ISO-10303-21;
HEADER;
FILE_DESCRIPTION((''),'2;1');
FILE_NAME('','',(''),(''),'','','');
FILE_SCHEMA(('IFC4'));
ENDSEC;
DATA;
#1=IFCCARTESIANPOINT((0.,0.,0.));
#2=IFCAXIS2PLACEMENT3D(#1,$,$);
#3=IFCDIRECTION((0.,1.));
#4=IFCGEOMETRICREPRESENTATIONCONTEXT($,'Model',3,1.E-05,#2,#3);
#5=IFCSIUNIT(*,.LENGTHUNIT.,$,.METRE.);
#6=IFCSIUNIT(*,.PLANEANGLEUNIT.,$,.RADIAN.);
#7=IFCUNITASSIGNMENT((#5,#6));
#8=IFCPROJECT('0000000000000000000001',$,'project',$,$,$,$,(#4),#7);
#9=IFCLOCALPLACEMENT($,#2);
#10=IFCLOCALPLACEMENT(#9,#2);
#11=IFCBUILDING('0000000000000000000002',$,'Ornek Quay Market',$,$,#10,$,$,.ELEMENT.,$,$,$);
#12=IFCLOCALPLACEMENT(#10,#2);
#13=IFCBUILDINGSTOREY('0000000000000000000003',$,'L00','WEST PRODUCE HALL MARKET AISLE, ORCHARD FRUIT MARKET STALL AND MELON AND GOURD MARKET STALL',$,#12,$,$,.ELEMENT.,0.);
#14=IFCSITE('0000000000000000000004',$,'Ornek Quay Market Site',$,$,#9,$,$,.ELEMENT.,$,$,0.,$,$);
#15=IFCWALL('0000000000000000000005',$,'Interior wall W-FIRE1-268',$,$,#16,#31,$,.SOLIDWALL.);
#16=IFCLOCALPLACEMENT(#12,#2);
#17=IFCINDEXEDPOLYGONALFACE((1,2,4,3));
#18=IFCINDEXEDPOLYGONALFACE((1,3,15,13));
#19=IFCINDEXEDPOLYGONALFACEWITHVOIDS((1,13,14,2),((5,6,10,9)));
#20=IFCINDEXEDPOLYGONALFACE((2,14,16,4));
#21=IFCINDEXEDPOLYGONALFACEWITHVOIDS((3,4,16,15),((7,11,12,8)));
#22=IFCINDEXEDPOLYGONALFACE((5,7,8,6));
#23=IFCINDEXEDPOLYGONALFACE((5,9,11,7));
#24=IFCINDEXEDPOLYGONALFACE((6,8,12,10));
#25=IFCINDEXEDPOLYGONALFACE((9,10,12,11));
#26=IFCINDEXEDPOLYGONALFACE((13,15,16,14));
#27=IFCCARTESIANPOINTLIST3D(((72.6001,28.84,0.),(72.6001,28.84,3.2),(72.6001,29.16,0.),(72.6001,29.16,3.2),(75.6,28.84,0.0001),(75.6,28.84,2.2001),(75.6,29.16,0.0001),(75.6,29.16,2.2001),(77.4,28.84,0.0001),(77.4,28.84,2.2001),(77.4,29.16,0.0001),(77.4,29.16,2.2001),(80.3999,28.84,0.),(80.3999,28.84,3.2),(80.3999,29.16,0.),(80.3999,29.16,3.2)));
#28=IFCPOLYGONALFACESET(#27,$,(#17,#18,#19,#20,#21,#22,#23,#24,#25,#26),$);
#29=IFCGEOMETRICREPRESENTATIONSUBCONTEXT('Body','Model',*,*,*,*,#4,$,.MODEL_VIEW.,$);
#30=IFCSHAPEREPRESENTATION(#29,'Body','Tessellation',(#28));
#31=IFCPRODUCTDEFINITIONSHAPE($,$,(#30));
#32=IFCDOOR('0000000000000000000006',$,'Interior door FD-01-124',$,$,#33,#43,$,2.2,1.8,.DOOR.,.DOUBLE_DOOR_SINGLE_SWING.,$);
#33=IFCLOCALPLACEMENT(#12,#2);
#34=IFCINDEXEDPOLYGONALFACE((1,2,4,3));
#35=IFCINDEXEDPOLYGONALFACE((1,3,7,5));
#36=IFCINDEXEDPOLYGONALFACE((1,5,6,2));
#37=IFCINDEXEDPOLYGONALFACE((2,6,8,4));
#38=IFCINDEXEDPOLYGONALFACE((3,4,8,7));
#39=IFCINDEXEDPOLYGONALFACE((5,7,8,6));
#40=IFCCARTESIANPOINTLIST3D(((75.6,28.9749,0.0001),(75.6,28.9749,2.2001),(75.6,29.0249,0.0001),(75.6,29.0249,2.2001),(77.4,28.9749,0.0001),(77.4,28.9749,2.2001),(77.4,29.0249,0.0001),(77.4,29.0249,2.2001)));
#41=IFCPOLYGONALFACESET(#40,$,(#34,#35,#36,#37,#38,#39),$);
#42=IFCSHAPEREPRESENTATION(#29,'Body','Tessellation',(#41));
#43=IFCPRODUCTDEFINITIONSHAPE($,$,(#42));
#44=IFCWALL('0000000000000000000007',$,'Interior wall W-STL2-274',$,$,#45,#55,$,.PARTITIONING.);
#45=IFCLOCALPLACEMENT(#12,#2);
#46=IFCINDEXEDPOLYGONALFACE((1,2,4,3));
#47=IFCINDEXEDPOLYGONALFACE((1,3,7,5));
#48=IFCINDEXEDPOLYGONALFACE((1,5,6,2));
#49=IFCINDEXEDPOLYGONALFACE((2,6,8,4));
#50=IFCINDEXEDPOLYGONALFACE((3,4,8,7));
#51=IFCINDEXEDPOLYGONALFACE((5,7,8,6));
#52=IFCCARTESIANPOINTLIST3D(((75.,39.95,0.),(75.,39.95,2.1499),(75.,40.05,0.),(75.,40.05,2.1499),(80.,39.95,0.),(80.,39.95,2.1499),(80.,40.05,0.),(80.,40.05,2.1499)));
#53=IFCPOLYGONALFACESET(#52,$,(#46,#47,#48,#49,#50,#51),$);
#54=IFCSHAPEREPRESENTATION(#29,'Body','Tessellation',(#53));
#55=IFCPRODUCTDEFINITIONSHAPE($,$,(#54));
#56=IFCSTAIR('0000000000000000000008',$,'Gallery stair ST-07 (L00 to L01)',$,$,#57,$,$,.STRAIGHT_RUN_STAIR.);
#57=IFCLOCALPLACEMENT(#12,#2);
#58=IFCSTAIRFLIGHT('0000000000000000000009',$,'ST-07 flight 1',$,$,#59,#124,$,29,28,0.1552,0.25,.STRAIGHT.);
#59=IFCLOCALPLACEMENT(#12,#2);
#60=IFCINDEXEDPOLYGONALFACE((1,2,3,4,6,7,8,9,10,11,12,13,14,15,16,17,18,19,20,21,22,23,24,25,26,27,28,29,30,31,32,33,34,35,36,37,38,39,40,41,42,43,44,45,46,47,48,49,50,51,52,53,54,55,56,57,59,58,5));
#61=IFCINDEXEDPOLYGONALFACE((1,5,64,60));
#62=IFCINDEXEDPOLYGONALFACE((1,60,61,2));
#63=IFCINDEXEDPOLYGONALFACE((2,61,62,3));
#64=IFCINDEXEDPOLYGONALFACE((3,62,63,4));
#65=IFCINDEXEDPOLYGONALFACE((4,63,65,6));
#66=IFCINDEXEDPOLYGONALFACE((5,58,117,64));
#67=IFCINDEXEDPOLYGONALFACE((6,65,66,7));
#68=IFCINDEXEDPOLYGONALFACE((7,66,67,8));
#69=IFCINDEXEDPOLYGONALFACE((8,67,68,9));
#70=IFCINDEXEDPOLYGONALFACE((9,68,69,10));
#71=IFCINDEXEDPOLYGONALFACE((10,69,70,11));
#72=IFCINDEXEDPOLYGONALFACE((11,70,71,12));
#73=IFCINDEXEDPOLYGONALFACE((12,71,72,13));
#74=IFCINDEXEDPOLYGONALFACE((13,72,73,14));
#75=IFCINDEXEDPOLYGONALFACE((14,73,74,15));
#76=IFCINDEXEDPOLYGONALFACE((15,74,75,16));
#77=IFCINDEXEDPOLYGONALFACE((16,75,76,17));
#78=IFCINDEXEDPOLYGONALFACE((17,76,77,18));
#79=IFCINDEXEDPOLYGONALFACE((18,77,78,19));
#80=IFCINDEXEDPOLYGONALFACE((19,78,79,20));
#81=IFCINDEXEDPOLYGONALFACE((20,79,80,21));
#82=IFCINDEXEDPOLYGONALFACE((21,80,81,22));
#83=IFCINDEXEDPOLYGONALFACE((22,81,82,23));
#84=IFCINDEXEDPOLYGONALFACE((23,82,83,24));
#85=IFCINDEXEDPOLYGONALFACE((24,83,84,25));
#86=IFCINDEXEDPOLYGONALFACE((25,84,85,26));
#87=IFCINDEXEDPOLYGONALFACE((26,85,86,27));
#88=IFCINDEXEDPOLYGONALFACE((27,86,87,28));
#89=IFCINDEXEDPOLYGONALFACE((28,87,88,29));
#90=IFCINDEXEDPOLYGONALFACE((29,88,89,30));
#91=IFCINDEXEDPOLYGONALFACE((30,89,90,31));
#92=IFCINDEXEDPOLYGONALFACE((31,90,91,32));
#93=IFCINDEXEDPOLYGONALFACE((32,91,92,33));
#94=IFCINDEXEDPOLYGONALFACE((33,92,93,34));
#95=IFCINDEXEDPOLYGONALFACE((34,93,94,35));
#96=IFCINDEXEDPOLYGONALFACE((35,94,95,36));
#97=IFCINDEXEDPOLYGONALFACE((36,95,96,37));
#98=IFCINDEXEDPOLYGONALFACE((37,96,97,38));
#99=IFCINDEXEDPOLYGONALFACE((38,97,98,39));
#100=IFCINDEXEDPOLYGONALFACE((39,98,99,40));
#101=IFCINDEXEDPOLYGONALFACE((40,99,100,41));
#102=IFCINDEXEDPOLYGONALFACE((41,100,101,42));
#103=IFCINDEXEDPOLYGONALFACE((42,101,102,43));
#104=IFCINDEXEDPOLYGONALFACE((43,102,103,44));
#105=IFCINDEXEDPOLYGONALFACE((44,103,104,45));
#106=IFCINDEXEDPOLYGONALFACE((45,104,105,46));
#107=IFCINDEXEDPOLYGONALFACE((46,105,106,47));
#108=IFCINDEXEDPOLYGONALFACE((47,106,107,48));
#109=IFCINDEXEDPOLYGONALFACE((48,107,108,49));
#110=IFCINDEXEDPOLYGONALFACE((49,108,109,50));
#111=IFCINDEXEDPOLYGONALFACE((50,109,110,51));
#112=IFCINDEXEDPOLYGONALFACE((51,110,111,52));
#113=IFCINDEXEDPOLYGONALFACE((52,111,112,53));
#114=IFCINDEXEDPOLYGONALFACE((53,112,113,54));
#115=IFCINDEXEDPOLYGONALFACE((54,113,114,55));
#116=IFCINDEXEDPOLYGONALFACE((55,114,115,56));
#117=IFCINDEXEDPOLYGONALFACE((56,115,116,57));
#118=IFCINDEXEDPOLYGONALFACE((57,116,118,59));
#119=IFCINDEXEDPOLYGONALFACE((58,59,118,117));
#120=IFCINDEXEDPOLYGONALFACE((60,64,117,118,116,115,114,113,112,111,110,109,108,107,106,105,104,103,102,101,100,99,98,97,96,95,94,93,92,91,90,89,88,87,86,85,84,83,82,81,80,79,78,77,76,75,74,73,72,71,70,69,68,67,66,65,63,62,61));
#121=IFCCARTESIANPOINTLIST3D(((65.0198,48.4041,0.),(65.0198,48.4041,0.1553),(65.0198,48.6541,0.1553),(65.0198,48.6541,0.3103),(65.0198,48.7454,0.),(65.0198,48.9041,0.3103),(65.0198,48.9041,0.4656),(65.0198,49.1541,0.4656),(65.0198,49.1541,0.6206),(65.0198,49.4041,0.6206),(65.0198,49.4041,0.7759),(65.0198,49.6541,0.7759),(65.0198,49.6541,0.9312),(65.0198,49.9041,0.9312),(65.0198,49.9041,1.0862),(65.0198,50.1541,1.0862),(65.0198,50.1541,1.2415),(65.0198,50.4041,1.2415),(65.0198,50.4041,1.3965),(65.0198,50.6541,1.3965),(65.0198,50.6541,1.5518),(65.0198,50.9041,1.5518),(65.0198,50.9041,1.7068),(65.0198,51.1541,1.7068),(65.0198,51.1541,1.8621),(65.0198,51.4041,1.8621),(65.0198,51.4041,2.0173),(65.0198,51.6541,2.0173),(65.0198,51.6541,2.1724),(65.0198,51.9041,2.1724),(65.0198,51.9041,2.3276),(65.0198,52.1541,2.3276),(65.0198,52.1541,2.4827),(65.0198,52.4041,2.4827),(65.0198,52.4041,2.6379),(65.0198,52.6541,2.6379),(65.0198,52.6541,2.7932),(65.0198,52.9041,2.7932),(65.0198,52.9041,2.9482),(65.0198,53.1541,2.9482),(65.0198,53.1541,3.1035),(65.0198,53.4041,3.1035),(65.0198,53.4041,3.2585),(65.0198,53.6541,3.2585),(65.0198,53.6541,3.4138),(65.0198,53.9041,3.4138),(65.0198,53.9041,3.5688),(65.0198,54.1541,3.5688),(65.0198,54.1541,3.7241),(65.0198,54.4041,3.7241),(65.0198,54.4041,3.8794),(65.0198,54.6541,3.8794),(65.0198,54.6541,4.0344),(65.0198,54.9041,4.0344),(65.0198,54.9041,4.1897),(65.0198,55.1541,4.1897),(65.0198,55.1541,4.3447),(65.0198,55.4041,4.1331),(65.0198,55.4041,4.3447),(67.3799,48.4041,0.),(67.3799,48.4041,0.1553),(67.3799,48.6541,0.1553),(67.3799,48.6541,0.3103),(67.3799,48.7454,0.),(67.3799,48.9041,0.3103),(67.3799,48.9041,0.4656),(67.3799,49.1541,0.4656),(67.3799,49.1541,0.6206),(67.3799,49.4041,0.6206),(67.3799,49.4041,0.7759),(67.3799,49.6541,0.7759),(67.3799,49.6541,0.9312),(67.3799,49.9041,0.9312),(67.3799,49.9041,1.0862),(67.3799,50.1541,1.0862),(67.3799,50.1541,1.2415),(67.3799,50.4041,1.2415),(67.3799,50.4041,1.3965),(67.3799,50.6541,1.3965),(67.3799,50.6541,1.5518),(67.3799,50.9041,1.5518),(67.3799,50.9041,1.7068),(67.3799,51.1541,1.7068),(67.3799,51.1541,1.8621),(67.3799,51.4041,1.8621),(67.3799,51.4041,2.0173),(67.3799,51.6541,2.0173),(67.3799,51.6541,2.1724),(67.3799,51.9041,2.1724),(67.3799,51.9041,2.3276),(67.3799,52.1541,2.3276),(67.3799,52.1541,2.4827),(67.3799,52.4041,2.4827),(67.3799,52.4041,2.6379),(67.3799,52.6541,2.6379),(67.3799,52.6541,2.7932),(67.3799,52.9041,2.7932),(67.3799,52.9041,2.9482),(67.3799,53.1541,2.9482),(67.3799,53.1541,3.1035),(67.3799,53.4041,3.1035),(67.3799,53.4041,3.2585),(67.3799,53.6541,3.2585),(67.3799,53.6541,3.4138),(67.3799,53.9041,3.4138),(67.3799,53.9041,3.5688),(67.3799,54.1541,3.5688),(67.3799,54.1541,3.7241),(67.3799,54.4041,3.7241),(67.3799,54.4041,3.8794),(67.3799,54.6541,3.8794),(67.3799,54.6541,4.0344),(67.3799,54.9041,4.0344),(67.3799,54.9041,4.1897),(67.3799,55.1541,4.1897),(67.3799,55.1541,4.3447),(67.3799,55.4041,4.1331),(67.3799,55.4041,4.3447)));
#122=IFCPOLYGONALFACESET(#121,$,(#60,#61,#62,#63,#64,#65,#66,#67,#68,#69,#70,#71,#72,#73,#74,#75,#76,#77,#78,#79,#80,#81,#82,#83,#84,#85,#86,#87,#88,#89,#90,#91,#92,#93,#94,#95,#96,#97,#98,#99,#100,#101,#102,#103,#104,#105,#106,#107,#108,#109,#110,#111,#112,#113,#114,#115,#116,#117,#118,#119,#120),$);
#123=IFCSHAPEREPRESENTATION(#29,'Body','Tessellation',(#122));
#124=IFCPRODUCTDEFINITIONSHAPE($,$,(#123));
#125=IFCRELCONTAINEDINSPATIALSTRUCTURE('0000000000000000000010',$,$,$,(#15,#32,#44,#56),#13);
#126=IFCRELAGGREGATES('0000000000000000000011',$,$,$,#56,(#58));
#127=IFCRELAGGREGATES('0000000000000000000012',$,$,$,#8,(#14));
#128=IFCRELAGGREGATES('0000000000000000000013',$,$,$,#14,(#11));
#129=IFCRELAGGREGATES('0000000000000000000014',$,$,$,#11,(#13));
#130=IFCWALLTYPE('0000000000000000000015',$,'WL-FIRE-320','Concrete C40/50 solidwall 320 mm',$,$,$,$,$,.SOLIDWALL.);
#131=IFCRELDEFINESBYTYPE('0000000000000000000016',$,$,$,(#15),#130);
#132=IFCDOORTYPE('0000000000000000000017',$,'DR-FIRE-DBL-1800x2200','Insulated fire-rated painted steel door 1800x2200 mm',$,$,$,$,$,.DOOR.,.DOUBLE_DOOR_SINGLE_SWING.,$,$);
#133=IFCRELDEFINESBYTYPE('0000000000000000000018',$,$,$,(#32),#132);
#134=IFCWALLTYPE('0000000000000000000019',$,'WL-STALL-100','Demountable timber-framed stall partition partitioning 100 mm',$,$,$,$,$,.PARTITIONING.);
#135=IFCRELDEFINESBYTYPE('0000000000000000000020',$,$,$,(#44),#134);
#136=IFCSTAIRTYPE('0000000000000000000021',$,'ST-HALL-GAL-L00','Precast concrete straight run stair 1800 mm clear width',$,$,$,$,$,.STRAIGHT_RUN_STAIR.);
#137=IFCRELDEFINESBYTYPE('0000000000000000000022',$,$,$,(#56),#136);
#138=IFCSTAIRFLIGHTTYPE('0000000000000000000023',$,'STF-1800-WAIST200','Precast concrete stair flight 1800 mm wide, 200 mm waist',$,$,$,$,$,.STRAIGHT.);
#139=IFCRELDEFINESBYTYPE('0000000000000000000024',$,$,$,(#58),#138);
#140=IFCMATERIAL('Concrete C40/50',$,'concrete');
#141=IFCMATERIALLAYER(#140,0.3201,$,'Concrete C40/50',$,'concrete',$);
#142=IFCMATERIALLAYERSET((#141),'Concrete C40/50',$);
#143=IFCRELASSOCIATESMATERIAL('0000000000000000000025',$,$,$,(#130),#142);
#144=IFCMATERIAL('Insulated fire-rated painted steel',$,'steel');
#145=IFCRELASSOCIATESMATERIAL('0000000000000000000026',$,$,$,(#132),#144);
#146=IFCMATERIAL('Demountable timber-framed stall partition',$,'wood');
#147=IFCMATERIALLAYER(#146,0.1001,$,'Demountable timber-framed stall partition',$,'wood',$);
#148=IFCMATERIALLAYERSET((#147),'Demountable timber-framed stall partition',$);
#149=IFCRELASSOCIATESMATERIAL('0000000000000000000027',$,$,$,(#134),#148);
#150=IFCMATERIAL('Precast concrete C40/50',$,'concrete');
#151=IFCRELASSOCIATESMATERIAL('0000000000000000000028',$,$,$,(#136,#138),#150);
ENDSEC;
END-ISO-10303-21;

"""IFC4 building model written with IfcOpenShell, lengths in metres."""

from ifc_helpers import new_model, si_unit, direction, frame, frame_2d, origin, place, context, subcontext, project, spatial, polyline, rectangle, outline, extrude, material, layer, layer_set, type_object, element, fill, aggregate, save


model = new_model("IFC4")

# Units and contexts
model_context = context("Model", 3, precision=1e-05, world=origin(), true_north=direction((0.0, 1.0)))
body_context = subcontext(model_context, "Body", "Model", "MODEL_VIEW")
ifc_project = project(units=[si_unit("LENGTHUNIT", "METRE"), si_unit("PLANEANGLEUNIT", "RADIAN")], contexts=[model_context])

# Site, building, storey
site_placement = place(None, origin())
site = spatial("IfcSite", under=ifc_project, at=site_placement, Name="Ornek Quay Market Site", CompositionType="ELEMENT", RefElevation=0.0)
building_placement = place(site_placement, origin())
building = spatial("IfcBuilding", under=site, at=building_placement, Name="Ornek Quay Market", CompositionType="ELEMENT")
storey_placement = place(building_placement, origin())
storey = spatial("IfcBuildingStorey", under=building, at=storey_placement, Name="L00", Description="WEST PRODUCE HALL MARKET AISLE, ORCHARD FRUIT MARKET STALL AND MELON AND GOURD MARKET STALL", CompositionType="ELEMENT", Elevation=0.0)

# Shared definitions
ifc_material_1 = material(Name="Concrete C40/50", Category="concrete")

# Wall, opening, door
ifc_layer_1 = layer(ifc_material_1, 0.3201, Name="Concrete C40/50", Category="concrete")
ifc_layer_set_1 = layer_set([ifc_layer_1], Name="Concrete C40/50")
wall_type_1 = type_object("IfcWallType", Name="WL-FIRE-320", Description="Concrete C40/50 solidwall 320 mm", PredefinedType="SOLIDWALL", material=ifc_layer_set_1)
wall_1_placement = place(storey_placement, frame((72.6001, 29.0, 0.0), z_axis=(0.0, 0.0, 1.0), x_axis=(1.0, 0.0, 0.0)))
wall_1 = element("IfcWall", 1, at=wall_1_placement, inside=storey, type_object=wall_type_1, Name="Interior wall W-FIRE1-268", PredefinedType="SOLIDWALL", context=body_context, shape_type="SweptSolid", body=[
    extrude(rectangle(XDim=7.7998, YDim=0.3201, at=frame_2d((3.8999, 0.0))), origin(), (0.0, 0.0, 1.0), 3.2),
])
opening_placement = place(wall_1_placement, frame((3.0, 0.0, 0.0)))
opening = element("IfcOpeningElement", 2, at=opening_placement, cuts=wall_1, PredefinedType="OPENING", context=body_context, shape_type="SweptSolid", body=[
    extrude(rectangle(XDim=1.8, YDim=2.2, at=frame_2d((0.8999, 1.1001))), frame((0.0, 0.1699, 0.0), z_axis=(0.0, -1.0, 0.0), x_axis=(1.0, 0.0, 0.0)), (0.0, 0.0, 1.0), 0.3401),
])
ifc_material_2 = material(Name="Insulated fire-rated painted steel", Category="steel")
door_type = type_object("IfcDoorType", Name="DR-FIRE-DBL-1800x2200", Description="Insulated fire-rated painted steel door 1800x2200 mm", OperationType="DOUBLE_DOOR_SINGLE_SWING", PredefinedType="DOOR", material=ifc_material_2)
door_placement = place(opening_placement, origin())
door = element("IfcDoor", 3, at=door_placement, inside=storey, type_object=door_type, Name="Interior door FD-01-124", OperationType="DOUBLE_DOOR_SINGLE_SWING", OverallHeight=2.2, OverallWidth=1.8, PredefinedType="DOOR", context=body_context, shape_type="SweptSolid", body=[
    extrude(rectangle(XDim=1.8, YDim=2.2, at=frame_2d((0.8999, 1.1001))), frame((0.0, 0.0249, 0.0), z_axis=(0.0, -1.0, 0.0), x_axis=(1.0, 0.0, 0.0)), (0.0, 0.0, 1.0), 0.05),
])
fill(opening, door)

# Wall
ifc_material_3 = material(Name="Demountable timber-framed stall partition", Category="wood")
ifc_layer_2 = layer(ifc_material_3, 0.1001, Name="Demountable timber-framed stall partition", Category="wood")
ifc_layer_set_2 = layer_set([ifc_layer_2], Name="Demountable timber-framed stall partition")
wall_type_2 = type_object("IfcWallType", Name="WL-STALL-100", Description="Demountable timber-framed stall partition partitioning 100 mm", PredefinedType="PARTITIONING", material=ifc_layer_set_2)
wall_2_placement = place(storey_placement, frame((75.0, 40.0, 0.0), z_axis=(0.0, 0.0, 1.0), x_axis=(1.0, 0.0, 0.0)))
element("IfcWall", 4, at=wall_2_placement, inside=storey, type_object=wall_type_2, Name="Interior wall W-STL2-274", PredefinedType="PARTITIONING", context=body_context, shape_type="SweptSolid", body=[
    extrude(rectangle(XDim=5.0, YDim=0.1001, at=frame_2d((2.5, 0.0))), origin(), (0.0, 0.0, 1.0), 2.1499),
])

# Stair, stair flight
ifc_material_4 = material(Name="Precast concrete C40/50", Category="concrete")
stair_type = type_object("IfcStairType", Name="ST-HALL-GAL-L00", Description="Precast concrete straight run stair 1800 mm clear width", PredefinedType="STRAIGHT_RUN_STAIR", material=ifc_material_4)
stair_placement = place(storey_placement, origin())
stair = element("IfcStair", 5, at=stair_placement, inside=storey, type_object=stair_type, Name="Gallery stair ST-07 (L00 to L01)", PredefinedType="STRAIGHT_RUN_STAIR")
stair_flight_type = type_object("IfcStairFlightType", Name="STF-1800-WAIST200", Description="Precast concrete stair flight 1800 mm wide, 200 mm waist", PredefinedType="STRAIGHT", material=ifc_material_4)
stair_flight_placement = place(storey_placement, frame((66.2, 48.4041, 0.0), z_axis=(0.0, 0.0, 1.0), x_axis=(0.0, 1.0, 0.0)))
stair_flight = element("IfcStairFlight", 6, at=stair_flight_placement, type_object=stair_flight_type, Name="ST-07 flight 1", NumberOfRisers=29, NumberOfTreads=28, PredefinedType="STRAIGHT", RiserHeight=0.1552, TreadLength=0.25, context=body_context, shape_type="SweptSolid", body=[
    extrude(outline(polyline([(0.0, 0.0), (0.0, 0.1553), (0.25, 0.1553), (0.25, 0.3103), (0.5, 0.3103), (0.5, 0.4656), (0.75, 0.4656), (0.75, 0.6206), (1.0, 0.6206), (1.0, 0.7759), (1.25, 0.7759), (1.25, 0.9312), (1.5, 0.9312), (1.5, 1.0862), (1.75, 1.0862), (1.75, 1.2415), (2.0, 1.2415), (2.0, 1.3965), (2.25, 1.3965), (2.25, 1.5518), (2.5, 1.5518), (2.5, 1.7068), (2.75, 1.7068), (2.75, 1.8621), (3.0, 1.8621), (3.0, 2.0173), (3.25, 2.0173), (3.25, 2.1724), (3.5, 2.1724), (3.5, 2.3276), (3.75, 2.3276), (3.75, 2.4827), (4.0, 2.4827), (4.0, 2.6379), (4.25, 2.6379), (4.25, 2.7932), (4.5, 2.7932), (4.5, 2.9482), (4.75, 2.9482), (4.75, 3.1035), (5.0, 3.1035), (5.0, 3.2585), (5.25, 3.2585), (5.25, 3.4138), (5.5, 3.4138), (5.5, 3.5688), (5.75, 3.5688), (5.75, 3.7241), (6.0, 3.7241), (6.0, 3.8794), (6.25, 3.8794), (6.25, 4.0344), (6.5, 4.0344), (6.5, 4.1897), (6.75, 4.1897), (6.75, 4.3447), (7.0, 4.3447), (7.0, 4.5), (7.0, 4.1331), (0.3413, 0.0), (0.0, 0.0)])), frame((0.0, 1.1802, 0.0), z_axis=(0.0, -1.0, 0.0), x_axis=(1.0, 0.0, 0.0)), (0.0, 0.0, 1.0), 2.3601),
])
aggregate(stair, [stair_flight])

save(model, "model.ifc")
